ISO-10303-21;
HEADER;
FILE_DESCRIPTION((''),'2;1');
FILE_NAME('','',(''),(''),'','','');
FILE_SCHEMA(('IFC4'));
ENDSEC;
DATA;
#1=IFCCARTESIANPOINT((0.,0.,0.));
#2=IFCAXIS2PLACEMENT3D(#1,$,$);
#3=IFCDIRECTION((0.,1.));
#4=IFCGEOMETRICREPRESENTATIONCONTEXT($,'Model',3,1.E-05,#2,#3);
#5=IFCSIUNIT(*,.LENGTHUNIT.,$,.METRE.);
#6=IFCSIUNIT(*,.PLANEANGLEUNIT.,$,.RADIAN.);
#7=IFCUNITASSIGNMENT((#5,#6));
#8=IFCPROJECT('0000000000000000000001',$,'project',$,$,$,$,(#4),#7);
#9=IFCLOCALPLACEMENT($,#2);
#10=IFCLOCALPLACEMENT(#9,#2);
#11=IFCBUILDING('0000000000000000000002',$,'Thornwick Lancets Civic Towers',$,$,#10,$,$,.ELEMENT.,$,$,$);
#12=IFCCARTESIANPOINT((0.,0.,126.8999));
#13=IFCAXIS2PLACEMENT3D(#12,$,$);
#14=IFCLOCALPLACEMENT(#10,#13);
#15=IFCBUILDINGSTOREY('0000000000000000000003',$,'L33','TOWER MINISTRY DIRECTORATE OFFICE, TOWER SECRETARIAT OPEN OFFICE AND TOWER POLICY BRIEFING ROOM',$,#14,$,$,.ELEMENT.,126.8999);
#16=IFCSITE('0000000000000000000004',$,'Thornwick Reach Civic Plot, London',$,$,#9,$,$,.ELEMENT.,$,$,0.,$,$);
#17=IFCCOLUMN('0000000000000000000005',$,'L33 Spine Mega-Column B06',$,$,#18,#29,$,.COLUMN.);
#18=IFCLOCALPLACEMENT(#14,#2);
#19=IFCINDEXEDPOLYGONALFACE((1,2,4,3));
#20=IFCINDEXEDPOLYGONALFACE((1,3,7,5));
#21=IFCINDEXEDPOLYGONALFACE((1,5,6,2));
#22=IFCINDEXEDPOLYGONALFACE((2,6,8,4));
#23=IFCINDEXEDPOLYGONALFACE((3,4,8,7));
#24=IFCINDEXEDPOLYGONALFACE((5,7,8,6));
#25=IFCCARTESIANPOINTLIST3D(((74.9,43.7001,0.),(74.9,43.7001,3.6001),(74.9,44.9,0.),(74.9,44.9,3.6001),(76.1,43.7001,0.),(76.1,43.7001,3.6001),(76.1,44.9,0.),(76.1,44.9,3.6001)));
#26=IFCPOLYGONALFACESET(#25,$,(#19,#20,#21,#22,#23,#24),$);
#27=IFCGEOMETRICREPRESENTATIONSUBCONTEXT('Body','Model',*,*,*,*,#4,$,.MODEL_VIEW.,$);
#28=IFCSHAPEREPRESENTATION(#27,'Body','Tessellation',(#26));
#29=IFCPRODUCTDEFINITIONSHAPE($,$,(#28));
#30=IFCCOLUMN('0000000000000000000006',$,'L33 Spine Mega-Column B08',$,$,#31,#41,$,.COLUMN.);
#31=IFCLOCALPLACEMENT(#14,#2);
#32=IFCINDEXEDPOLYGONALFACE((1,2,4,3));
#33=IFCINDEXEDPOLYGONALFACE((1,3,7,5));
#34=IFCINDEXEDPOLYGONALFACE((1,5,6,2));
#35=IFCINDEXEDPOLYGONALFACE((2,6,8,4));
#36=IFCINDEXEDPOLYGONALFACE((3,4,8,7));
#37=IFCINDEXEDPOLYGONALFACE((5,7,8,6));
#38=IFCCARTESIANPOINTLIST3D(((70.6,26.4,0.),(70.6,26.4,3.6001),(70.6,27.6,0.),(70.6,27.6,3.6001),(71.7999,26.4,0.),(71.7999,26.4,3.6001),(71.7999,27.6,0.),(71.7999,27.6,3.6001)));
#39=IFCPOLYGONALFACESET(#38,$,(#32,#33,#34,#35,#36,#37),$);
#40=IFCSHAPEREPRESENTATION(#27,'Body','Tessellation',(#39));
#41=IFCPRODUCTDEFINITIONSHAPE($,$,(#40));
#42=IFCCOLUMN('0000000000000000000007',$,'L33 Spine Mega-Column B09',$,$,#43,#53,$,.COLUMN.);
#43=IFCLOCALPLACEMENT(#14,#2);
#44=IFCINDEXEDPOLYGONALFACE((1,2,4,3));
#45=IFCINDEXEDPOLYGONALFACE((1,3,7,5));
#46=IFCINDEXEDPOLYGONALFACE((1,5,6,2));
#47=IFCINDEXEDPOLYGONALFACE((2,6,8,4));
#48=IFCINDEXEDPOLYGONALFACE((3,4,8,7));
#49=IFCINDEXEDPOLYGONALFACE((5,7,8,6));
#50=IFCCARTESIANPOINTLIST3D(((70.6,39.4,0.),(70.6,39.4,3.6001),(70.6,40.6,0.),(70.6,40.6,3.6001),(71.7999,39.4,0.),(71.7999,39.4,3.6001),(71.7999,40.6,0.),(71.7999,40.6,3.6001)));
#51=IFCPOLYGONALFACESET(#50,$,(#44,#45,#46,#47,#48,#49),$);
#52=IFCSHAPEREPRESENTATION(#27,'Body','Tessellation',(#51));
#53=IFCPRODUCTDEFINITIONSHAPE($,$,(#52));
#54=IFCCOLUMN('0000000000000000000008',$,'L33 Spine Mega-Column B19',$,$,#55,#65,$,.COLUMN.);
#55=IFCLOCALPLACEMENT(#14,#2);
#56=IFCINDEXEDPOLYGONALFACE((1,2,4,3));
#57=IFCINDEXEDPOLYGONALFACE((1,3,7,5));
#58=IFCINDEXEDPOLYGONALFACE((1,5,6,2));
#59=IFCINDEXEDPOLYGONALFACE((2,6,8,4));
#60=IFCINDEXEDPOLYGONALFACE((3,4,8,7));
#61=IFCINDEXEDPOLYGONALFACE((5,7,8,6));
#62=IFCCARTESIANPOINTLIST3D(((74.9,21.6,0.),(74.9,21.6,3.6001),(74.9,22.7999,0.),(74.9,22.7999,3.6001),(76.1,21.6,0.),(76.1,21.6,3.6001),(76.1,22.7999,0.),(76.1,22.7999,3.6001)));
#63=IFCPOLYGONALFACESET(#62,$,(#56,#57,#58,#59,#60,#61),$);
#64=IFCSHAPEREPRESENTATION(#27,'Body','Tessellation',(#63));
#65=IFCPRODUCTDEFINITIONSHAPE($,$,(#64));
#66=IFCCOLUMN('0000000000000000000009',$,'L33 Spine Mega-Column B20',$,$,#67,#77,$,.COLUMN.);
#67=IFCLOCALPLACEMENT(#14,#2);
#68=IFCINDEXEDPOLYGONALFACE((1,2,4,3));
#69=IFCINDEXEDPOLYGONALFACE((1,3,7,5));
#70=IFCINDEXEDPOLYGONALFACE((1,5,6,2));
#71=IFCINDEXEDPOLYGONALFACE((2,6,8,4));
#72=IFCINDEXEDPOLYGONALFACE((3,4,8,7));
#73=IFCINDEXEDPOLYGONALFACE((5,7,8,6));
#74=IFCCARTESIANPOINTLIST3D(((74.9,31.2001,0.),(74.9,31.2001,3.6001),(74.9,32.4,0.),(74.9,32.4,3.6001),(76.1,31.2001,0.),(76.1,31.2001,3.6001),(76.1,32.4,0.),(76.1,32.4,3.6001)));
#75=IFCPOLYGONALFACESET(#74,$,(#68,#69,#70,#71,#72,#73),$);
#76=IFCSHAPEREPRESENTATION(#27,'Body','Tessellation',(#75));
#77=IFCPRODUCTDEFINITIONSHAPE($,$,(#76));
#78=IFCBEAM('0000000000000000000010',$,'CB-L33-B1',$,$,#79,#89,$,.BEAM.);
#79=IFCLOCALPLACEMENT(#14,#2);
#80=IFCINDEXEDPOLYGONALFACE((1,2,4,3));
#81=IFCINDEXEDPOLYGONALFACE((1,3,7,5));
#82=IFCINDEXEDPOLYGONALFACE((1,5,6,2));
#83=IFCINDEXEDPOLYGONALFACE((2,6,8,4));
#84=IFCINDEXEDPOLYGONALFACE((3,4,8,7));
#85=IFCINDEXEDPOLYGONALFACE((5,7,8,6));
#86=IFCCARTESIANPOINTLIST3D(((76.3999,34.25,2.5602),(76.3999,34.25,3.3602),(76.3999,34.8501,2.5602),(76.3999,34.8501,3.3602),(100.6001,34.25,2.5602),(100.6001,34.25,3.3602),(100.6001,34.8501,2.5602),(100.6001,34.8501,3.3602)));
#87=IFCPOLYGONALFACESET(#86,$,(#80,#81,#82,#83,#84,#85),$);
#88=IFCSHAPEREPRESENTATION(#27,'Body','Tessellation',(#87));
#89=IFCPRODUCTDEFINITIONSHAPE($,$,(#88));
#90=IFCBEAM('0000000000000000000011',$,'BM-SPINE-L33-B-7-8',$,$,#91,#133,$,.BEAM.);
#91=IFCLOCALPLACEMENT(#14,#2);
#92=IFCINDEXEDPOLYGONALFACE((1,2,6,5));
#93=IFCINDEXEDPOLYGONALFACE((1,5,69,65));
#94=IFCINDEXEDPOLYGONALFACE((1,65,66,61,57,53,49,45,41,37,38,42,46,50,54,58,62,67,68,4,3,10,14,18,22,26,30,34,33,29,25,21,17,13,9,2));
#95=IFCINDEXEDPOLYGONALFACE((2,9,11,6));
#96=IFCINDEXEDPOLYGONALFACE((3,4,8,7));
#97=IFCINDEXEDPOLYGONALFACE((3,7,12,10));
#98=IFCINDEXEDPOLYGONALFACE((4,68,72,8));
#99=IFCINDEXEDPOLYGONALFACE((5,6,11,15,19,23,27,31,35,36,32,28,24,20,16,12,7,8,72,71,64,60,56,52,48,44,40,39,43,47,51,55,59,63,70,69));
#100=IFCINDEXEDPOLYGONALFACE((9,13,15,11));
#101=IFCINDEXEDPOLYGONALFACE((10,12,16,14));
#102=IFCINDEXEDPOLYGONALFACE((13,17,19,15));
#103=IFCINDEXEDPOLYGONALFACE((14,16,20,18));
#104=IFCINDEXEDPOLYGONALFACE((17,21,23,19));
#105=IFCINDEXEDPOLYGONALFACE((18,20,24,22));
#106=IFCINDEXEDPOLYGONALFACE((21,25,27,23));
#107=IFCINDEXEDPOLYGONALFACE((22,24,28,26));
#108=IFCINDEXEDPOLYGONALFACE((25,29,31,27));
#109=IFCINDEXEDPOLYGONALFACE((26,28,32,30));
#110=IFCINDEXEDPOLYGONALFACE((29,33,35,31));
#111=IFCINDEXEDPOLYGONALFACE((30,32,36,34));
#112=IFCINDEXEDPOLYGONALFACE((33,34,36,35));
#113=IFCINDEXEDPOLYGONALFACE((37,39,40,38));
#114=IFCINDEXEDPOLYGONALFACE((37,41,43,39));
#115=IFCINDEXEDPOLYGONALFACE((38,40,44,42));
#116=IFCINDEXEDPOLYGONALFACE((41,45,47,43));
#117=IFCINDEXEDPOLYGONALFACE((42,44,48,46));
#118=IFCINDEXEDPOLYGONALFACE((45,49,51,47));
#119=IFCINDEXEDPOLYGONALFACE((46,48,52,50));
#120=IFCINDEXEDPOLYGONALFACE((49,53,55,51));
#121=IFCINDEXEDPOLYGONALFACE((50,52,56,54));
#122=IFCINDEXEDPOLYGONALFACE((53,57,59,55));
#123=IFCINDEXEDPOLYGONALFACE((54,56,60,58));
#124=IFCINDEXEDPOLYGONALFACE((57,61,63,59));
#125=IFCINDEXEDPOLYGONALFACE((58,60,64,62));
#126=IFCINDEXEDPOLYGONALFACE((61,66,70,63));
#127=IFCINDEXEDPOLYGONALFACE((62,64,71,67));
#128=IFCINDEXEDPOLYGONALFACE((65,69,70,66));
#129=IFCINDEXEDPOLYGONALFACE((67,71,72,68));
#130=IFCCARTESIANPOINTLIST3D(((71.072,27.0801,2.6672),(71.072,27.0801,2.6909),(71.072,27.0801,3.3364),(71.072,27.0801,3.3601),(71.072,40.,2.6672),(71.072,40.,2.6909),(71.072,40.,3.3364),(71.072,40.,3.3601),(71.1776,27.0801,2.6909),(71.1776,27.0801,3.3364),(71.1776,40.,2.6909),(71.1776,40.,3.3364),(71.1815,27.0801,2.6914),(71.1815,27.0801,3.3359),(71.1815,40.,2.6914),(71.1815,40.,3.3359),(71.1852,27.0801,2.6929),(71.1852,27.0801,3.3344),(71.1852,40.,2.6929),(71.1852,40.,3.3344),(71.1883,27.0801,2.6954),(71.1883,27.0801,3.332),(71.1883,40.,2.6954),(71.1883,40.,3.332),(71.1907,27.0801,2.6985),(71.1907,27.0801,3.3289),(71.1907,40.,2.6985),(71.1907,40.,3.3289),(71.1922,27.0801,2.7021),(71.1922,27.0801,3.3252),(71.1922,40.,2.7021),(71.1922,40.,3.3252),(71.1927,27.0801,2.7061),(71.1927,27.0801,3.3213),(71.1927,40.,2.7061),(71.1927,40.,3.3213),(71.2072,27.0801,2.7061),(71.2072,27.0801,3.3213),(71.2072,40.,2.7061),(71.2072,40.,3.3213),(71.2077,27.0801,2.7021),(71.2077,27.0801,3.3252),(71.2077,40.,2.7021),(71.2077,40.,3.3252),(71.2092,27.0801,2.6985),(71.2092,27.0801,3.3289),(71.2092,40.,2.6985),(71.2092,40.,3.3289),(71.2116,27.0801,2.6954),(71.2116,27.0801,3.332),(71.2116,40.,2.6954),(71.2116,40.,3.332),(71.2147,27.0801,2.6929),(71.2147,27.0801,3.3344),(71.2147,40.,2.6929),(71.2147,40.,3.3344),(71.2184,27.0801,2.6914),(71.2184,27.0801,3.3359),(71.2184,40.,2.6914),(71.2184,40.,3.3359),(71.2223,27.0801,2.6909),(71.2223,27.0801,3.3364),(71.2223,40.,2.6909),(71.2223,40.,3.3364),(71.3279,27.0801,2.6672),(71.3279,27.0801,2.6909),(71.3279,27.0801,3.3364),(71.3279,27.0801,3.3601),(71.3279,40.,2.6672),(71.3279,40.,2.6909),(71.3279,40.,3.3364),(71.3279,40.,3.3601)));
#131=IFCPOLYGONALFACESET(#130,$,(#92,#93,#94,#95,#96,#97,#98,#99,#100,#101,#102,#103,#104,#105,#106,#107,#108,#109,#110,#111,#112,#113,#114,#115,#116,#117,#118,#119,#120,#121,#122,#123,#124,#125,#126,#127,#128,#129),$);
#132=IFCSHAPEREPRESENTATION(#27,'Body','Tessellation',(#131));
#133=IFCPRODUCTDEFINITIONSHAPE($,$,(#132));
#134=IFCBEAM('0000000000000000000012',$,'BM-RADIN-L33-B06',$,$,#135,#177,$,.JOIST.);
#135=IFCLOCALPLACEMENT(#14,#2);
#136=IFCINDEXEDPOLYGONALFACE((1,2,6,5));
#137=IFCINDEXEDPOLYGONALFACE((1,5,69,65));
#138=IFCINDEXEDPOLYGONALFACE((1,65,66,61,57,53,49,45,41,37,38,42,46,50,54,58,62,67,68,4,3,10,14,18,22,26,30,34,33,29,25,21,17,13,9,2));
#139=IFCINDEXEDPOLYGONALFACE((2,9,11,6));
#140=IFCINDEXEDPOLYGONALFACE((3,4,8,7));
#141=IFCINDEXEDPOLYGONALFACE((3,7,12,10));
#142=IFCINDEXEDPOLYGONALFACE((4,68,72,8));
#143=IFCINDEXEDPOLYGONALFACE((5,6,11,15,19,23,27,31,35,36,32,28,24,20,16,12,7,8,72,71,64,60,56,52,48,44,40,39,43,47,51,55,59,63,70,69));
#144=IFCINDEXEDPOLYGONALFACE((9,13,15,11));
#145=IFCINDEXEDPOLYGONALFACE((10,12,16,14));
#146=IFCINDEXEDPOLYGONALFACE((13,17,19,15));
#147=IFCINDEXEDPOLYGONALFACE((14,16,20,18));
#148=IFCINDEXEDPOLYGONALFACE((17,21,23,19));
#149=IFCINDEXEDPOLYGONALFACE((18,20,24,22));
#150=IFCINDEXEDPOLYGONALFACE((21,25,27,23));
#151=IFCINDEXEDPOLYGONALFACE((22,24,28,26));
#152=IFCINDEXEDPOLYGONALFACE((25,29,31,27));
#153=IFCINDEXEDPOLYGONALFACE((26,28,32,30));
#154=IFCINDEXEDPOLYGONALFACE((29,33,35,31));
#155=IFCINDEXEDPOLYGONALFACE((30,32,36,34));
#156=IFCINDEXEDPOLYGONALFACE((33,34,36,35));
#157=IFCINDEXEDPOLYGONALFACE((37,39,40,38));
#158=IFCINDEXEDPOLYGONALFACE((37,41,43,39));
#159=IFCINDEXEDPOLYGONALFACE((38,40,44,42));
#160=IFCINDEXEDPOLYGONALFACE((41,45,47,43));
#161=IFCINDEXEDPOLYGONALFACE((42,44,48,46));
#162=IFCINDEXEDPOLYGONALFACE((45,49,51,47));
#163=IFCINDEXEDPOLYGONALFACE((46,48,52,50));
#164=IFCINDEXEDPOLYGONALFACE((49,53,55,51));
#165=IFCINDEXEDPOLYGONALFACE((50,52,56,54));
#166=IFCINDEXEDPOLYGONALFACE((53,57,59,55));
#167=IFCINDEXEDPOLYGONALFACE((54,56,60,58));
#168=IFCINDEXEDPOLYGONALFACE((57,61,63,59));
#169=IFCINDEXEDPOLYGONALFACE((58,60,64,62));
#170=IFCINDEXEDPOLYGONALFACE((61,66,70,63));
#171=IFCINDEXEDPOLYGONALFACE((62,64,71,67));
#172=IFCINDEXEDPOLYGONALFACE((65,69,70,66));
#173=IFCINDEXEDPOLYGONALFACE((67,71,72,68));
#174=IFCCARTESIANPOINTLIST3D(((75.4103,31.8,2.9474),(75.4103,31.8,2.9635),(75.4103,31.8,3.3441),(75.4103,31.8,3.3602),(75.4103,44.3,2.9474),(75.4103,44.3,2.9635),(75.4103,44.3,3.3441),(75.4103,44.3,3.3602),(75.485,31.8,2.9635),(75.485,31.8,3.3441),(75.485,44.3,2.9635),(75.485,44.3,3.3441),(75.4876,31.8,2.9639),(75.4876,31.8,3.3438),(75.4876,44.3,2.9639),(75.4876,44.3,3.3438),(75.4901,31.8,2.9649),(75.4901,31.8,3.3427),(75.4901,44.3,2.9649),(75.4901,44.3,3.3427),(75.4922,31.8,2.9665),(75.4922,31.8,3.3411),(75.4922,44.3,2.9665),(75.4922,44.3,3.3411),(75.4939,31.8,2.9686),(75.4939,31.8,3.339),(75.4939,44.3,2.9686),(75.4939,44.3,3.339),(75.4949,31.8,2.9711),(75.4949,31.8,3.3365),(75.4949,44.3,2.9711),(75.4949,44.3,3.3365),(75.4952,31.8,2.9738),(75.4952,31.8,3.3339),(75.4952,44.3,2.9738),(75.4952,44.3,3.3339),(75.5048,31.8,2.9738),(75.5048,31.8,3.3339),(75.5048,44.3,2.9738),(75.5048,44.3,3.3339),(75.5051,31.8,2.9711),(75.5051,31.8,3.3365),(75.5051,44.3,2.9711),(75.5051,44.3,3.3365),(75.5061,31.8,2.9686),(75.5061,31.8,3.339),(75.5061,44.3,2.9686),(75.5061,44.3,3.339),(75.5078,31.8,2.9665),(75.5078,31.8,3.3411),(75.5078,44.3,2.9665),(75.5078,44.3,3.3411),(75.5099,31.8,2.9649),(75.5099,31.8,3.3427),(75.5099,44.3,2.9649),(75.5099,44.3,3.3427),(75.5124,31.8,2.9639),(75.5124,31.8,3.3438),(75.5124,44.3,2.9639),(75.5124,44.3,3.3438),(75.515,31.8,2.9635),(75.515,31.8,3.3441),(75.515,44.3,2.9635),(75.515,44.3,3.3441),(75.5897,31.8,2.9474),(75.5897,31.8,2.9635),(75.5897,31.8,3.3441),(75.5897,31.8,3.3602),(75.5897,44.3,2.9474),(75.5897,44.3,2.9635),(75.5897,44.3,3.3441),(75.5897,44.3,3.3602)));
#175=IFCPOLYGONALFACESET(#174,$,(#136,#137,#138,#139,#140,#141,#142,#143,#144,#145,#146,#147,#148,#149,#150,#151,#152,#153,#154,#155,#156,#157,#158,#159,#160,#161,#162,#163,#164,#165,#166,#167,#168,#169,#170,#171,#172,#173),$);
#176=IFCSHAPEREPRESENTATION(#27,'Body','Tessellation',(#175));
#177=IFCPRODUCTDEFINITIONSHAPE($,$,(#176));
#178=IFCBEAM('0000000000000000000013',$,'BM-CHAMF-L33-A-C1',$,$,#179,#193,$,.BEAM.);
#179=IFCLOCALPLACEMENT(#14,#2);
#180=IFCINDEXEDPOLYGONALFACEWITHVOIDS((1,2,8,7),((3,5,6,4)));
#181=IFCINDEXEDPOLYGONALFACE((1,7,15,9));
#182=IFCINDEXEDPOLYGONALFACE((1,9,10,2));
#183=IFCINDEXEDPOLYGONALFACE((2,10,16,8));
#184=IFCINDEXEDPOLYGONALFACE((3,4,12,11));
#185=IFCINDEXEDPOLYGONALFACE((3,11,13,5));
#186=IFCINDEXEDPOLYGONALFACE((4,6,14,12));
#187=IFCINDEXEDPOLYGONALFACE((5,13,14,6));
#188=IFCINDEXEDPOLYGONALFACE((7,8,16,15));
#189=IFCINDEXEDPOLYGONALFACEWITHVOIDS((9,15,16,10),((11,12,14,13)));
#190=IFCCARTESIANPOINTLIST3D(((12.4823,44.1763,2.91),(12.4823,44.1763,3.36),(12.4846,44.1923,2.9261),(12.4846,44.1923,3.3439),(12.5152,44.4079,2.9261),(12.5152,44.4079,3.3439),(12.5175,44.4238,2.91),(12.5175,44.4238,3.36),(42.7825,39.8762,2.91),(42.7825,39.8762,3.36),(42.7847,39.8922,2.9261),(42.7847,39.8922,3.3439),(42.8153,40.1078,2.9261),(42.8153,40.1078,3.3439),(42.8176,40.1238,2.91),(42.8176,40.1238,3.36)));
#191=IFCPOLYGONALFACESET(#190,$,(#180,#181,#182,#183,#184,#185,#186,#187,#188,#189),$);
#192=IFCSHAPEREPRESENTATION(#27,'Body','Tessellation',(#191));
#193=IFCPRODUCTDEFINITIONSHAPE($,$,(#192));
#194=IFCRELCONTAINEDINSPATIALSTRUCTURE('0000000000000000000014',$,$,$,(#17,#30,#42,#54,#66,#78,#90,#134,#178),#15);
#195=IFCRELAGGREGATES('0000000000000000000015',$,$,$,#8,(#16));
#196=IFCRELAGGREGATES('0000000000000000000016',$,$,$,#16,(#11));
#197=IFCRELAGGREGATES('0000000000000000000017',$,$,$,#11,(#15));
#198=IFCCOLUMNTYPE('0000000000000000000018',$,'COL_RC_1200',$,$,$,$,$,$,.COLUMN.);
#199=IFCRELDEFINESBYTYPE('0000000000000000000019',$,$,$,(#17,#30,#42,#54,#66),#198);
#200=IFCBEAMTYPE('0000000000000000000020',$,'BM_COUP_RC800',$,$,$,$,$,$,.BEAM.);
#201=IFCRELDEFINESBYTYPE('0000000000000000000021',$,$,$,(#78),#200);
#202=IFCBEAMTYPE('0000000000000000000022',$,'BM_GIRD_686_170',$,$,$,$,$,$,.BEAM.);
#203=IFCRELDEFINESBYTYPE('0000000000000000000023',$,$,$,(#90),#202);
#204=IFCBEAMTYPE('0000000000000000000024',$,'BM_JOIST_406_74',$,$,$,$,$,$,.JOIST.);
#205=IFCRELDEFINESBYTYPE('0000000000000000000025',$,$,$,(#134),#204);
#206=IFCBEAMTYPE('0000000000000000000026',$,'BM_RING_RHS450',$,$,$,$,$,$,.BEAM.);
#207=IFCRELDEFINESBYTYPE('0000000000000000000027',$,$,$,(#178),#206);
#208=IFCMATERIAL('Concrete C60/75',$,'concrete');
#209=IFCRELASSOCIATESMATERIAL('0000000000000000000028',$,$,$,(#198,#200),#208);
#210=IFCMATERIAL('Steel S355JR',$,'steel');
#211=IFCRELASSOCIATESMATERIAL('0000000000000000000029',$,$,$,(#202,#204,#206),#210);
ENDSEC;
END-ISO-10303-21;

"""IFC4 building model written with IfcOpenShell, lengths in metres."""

from ifc_helpers import new_model, si_unit, direction, frame, origin, origin_2d, place, context, subcontext, project, spatial, rectangle, hollow_rectangle, i_section, extrude, material, material_profile, profile_set, type_object, element, save


model = new_model("IFC4")

# Units and contexts
model_context = context("Model", 3, precision=1e-05, world=origin(), true_north=direction((0.0, 1.0)))
body_context = subcontext(model_context, "Body", "Model", "MODEL_VIEW")
ifc_project = project(units=[si_unit("LENGTHUNIT", "METRE"), si_unit("PLANEANGLEUNIT", "RADIAN")], contexts=[model_context])

# Site, building, storey
site_placement = place(None, origin())
site = spatial("IfcSite", under=ifc_project, at=site_placement, Name="Thornwick Reach Civic Plot, London", CompositionType="ELEMENT", RefElevation=0.0)
building_placement = place(site_placement, origin())
building = spatial("IfcBuilding", under=site, at=building_placement, Name="Thornwick Lancets Civic Towers", CompositionType="ELEMENT")
storey_placement = place(building_placement, frame((0.0, 0.0, 126.8999)))
storey = spatial("IfcBuildingStorey", under=building, at=storey_placement, Name="L33", Description="TOWER MINISTRY DIRECTORATE OFFICE, TOWER SECRETARIAT OPEN OFFICE AND TOWER POLICY BRIEFING ROOM", CompositionType="ELEMENT", Elevation=126.8999)

# Columns
ifc_material_1 = material(Name="Concrete C60/75", Category="concrete")
ifc_material_profile_1 = material_profile(ifc_material_1, rectangle(XDim=1.2, YDim=1.2, at=origin_2d()), Name="RC 1200x1200")
ifc_profile_set_1 = profile_set([ifc_material_profile_1], Name="Concrete C60/75")
column_type = type_object("IfcColumnType", Name="COL_RC_1200", PredefinedType="COLUMN", material=ifc_profile_set_1)
for number, where, z_axis, x_axis, name in (
    (1, (75.5, 44.3, 0.0), (0.0, 0.0, 1.0), (1.0, 0.0, 0.0), "L33 Spine Mega-Column B06"),
    (2, (71.2, 27.0, 0.0), (0.0, 0.0, 1.0), (1.0, 0.0, 0.0), "L33 Spine Mega-Column B08"),
    (3, (71.2, 40.0, 0.0), (0.0, 0.0, 1.0), (1.0, 0.0, 0.0), "L33 Spine Mega-Column B09"),
    (4, (75.5, 22.2, 0.0), (0.0, 0.0, 1.0), (1.0, 0.0, 0.0), "L33 Spine Mega-Column B19"),
    (5, (75.5, 31.8, 0.0), (0.0, 0.0, 1.0), (1.0, 0.0, 0.0), "L33 Spine Mega-Column B20"),
):
    element("IfcColumn", number, at=place(storey_placement, frame(where, z_axis=z_axis, x_axis=x_axis)), inside=storey, type_object=column_type, Name=name, PredefinedType="COLUMN", context=body_context, shape_type="SweptSolid", body=[
        extrude(rectangle(XDim=1.2, YDim=1.2, at=origin_2d()), origin(), (0.0, 0.0, 1.0), 3.6001),
    ])

# Beams
ifc_material_profile_2 = material_profile(ifc_material_1, rectangle(XDim=0.6001, YDim=0.8, at=origin_2d()), Name="RC 600x800")
ifc_profile_set_2 = profile_set([ifc_material_profile_2], Name="Concrete C60/75")
beam_type_1 = type_object("IfcBeamType", Name="BM_COUP_RC800", PredefinedType="BEAM", material=ifc_profile_set_2)
beam_1_placement = place(storey_placement, frame((76.3999, 34.55, 2.9602), z_axis=(1.0, 0.0, 0.0), x_axis=(0.0, 1.0, 0.0)))
element("IfcBeam", 6, at=beam_1_placement, inside=storey, type_object=beam_type_1, Name="CB-L33-B1", PredefinedType="BEAM", context=body_context, shape_type="SweptSolid", body=[
    extrude(rectangle(XDim=0.6001, YDim=0.8, at=origin_2d()), origin(), (0.0, 0.0, 1.0), 24.2002),
])
ifc_material_2 = material(Name="Steel S355JR", Category="steel")
ifc_material_profile_3 = material_profile(ifc_material_2, i_section(OverallWidth=0.2559, OverallDepth=0.6929, WebThickness=0.0144, FlangeThickness=0.0237, FilletRadius=0.0151, at=origin_2d()), Name="UKB 686x254x170")
ifc_profile_set_3 = profile_set([ifc_material_profile_3], Name="Steel S355JR")
beam_type_2 = type_object("IfcBeamType", Name="BM_GIRD_686_170", PredefinedType="BEAM", material=ifc_profile_set_3)
beam_2_placement = place(storey_placement, frame((71.2, 27.0801, 3.0137), z_axis=(0.0, 1.0, 0.0), x_axis=(-1.0, 0.0, 0.0)))
element("IfcBeam", 7, at=beam_2_placement, inside=storey, type_object=beam_type_2, Name="BM-SPINE-L33-B-7-8", PredefinedType="BEAM", context=body_context, shape_type="SweptSolid", body=[
    extrude(i_section(OverallWidth=0.2559, OverallDepth=0.6929, WebThickness=0.0144, FlangeThickness=0.0237, FilletRadius=0.0151, at=origin_2d()), origin(), (0.0, 0.0, 1.0), 12.9199),
])
ifc_material_profile_4 = material_profile(ifc_material_2, i_section(OverallWidth=0.1794, OverallDepth=0.4128, WebThickness=0.0095, FlangeThickness=0.0161, FilletRadius=0.0103, at=origin_2d()), Name="UKB 406x178x74")
ifc_profile_set_4 = profile_set([ifc_material_profile_4], Name="Steel S355JR")
beam_type_3 = type_object("IfcBeamType", Name="BM_JOIST_406_74", PredefinedType="JOIST", material=ifc_profile_set_4)
beam_3_placement = place(storey_placement, frame((75.5, 31.8, 3.1538), z_axis=(0.0, 1.0, 0.0), x_axis=(-1.0, 0.0, 0.0)))
element("IfcBeam", 8, at=beam_3_placement, inside=storey, type_object=beam_type_3, Name="BM-RADIN-L33-B06", PredefinedType="JOIST", context=body_context, shape_type="SweptSolid", body=[
    extrude(i_section(OverallWidth=0.1794, OverallDepth=0.4128, WebThickness=0.0095, FlangeThickness=0.0161, FilletRadius=0.0103, at=origin_2d()), origin(), (0.0, 0.0, 1.0), 12.5),
])
ifc_material_profile_5 = material_profile(ifc_material_2, hollow_rectangle(XDim=0.25, YDim=0.45, WallThickness=0.0161, at=origin_2d()), Name="RHS 450x250x16")
ifc_profile_set_5 = profile_set([ifc_material_profile_5], Name="Steel S355JR")
beam_type_4 = type_object("IfcBeamType", Name="BM_RING_RHS450", PredefinedType="BEAM", material=ifc_profile_set_5)
for number, where, z_axis, x_axis, name in (
    (9, (42.8, 40.0, 3.135), (-0.99008, 0.140508, 0.0), (-0.140508, -0.99008, 0.0), "BM-CHAMF-L33-A-C1"),
):
    element("IfcBeam", number, at=place(storey_placement, frame(where, z_axis=z_axis, x_axis=x_axis)), inside=storey, type_object=beam_type_4, Name=name, PredefinedType="BEAM", context=body_context, shape_type="SweptSolid", body=[
        extrude(hollow_rectangle(XDim=0.25, YDim=0.45, WallThickness=0.0161, at=origin_2d()), origin(), (0.0, 0.0, 1.0), 30.6038),
    ])

save(model, "model.ifc")
